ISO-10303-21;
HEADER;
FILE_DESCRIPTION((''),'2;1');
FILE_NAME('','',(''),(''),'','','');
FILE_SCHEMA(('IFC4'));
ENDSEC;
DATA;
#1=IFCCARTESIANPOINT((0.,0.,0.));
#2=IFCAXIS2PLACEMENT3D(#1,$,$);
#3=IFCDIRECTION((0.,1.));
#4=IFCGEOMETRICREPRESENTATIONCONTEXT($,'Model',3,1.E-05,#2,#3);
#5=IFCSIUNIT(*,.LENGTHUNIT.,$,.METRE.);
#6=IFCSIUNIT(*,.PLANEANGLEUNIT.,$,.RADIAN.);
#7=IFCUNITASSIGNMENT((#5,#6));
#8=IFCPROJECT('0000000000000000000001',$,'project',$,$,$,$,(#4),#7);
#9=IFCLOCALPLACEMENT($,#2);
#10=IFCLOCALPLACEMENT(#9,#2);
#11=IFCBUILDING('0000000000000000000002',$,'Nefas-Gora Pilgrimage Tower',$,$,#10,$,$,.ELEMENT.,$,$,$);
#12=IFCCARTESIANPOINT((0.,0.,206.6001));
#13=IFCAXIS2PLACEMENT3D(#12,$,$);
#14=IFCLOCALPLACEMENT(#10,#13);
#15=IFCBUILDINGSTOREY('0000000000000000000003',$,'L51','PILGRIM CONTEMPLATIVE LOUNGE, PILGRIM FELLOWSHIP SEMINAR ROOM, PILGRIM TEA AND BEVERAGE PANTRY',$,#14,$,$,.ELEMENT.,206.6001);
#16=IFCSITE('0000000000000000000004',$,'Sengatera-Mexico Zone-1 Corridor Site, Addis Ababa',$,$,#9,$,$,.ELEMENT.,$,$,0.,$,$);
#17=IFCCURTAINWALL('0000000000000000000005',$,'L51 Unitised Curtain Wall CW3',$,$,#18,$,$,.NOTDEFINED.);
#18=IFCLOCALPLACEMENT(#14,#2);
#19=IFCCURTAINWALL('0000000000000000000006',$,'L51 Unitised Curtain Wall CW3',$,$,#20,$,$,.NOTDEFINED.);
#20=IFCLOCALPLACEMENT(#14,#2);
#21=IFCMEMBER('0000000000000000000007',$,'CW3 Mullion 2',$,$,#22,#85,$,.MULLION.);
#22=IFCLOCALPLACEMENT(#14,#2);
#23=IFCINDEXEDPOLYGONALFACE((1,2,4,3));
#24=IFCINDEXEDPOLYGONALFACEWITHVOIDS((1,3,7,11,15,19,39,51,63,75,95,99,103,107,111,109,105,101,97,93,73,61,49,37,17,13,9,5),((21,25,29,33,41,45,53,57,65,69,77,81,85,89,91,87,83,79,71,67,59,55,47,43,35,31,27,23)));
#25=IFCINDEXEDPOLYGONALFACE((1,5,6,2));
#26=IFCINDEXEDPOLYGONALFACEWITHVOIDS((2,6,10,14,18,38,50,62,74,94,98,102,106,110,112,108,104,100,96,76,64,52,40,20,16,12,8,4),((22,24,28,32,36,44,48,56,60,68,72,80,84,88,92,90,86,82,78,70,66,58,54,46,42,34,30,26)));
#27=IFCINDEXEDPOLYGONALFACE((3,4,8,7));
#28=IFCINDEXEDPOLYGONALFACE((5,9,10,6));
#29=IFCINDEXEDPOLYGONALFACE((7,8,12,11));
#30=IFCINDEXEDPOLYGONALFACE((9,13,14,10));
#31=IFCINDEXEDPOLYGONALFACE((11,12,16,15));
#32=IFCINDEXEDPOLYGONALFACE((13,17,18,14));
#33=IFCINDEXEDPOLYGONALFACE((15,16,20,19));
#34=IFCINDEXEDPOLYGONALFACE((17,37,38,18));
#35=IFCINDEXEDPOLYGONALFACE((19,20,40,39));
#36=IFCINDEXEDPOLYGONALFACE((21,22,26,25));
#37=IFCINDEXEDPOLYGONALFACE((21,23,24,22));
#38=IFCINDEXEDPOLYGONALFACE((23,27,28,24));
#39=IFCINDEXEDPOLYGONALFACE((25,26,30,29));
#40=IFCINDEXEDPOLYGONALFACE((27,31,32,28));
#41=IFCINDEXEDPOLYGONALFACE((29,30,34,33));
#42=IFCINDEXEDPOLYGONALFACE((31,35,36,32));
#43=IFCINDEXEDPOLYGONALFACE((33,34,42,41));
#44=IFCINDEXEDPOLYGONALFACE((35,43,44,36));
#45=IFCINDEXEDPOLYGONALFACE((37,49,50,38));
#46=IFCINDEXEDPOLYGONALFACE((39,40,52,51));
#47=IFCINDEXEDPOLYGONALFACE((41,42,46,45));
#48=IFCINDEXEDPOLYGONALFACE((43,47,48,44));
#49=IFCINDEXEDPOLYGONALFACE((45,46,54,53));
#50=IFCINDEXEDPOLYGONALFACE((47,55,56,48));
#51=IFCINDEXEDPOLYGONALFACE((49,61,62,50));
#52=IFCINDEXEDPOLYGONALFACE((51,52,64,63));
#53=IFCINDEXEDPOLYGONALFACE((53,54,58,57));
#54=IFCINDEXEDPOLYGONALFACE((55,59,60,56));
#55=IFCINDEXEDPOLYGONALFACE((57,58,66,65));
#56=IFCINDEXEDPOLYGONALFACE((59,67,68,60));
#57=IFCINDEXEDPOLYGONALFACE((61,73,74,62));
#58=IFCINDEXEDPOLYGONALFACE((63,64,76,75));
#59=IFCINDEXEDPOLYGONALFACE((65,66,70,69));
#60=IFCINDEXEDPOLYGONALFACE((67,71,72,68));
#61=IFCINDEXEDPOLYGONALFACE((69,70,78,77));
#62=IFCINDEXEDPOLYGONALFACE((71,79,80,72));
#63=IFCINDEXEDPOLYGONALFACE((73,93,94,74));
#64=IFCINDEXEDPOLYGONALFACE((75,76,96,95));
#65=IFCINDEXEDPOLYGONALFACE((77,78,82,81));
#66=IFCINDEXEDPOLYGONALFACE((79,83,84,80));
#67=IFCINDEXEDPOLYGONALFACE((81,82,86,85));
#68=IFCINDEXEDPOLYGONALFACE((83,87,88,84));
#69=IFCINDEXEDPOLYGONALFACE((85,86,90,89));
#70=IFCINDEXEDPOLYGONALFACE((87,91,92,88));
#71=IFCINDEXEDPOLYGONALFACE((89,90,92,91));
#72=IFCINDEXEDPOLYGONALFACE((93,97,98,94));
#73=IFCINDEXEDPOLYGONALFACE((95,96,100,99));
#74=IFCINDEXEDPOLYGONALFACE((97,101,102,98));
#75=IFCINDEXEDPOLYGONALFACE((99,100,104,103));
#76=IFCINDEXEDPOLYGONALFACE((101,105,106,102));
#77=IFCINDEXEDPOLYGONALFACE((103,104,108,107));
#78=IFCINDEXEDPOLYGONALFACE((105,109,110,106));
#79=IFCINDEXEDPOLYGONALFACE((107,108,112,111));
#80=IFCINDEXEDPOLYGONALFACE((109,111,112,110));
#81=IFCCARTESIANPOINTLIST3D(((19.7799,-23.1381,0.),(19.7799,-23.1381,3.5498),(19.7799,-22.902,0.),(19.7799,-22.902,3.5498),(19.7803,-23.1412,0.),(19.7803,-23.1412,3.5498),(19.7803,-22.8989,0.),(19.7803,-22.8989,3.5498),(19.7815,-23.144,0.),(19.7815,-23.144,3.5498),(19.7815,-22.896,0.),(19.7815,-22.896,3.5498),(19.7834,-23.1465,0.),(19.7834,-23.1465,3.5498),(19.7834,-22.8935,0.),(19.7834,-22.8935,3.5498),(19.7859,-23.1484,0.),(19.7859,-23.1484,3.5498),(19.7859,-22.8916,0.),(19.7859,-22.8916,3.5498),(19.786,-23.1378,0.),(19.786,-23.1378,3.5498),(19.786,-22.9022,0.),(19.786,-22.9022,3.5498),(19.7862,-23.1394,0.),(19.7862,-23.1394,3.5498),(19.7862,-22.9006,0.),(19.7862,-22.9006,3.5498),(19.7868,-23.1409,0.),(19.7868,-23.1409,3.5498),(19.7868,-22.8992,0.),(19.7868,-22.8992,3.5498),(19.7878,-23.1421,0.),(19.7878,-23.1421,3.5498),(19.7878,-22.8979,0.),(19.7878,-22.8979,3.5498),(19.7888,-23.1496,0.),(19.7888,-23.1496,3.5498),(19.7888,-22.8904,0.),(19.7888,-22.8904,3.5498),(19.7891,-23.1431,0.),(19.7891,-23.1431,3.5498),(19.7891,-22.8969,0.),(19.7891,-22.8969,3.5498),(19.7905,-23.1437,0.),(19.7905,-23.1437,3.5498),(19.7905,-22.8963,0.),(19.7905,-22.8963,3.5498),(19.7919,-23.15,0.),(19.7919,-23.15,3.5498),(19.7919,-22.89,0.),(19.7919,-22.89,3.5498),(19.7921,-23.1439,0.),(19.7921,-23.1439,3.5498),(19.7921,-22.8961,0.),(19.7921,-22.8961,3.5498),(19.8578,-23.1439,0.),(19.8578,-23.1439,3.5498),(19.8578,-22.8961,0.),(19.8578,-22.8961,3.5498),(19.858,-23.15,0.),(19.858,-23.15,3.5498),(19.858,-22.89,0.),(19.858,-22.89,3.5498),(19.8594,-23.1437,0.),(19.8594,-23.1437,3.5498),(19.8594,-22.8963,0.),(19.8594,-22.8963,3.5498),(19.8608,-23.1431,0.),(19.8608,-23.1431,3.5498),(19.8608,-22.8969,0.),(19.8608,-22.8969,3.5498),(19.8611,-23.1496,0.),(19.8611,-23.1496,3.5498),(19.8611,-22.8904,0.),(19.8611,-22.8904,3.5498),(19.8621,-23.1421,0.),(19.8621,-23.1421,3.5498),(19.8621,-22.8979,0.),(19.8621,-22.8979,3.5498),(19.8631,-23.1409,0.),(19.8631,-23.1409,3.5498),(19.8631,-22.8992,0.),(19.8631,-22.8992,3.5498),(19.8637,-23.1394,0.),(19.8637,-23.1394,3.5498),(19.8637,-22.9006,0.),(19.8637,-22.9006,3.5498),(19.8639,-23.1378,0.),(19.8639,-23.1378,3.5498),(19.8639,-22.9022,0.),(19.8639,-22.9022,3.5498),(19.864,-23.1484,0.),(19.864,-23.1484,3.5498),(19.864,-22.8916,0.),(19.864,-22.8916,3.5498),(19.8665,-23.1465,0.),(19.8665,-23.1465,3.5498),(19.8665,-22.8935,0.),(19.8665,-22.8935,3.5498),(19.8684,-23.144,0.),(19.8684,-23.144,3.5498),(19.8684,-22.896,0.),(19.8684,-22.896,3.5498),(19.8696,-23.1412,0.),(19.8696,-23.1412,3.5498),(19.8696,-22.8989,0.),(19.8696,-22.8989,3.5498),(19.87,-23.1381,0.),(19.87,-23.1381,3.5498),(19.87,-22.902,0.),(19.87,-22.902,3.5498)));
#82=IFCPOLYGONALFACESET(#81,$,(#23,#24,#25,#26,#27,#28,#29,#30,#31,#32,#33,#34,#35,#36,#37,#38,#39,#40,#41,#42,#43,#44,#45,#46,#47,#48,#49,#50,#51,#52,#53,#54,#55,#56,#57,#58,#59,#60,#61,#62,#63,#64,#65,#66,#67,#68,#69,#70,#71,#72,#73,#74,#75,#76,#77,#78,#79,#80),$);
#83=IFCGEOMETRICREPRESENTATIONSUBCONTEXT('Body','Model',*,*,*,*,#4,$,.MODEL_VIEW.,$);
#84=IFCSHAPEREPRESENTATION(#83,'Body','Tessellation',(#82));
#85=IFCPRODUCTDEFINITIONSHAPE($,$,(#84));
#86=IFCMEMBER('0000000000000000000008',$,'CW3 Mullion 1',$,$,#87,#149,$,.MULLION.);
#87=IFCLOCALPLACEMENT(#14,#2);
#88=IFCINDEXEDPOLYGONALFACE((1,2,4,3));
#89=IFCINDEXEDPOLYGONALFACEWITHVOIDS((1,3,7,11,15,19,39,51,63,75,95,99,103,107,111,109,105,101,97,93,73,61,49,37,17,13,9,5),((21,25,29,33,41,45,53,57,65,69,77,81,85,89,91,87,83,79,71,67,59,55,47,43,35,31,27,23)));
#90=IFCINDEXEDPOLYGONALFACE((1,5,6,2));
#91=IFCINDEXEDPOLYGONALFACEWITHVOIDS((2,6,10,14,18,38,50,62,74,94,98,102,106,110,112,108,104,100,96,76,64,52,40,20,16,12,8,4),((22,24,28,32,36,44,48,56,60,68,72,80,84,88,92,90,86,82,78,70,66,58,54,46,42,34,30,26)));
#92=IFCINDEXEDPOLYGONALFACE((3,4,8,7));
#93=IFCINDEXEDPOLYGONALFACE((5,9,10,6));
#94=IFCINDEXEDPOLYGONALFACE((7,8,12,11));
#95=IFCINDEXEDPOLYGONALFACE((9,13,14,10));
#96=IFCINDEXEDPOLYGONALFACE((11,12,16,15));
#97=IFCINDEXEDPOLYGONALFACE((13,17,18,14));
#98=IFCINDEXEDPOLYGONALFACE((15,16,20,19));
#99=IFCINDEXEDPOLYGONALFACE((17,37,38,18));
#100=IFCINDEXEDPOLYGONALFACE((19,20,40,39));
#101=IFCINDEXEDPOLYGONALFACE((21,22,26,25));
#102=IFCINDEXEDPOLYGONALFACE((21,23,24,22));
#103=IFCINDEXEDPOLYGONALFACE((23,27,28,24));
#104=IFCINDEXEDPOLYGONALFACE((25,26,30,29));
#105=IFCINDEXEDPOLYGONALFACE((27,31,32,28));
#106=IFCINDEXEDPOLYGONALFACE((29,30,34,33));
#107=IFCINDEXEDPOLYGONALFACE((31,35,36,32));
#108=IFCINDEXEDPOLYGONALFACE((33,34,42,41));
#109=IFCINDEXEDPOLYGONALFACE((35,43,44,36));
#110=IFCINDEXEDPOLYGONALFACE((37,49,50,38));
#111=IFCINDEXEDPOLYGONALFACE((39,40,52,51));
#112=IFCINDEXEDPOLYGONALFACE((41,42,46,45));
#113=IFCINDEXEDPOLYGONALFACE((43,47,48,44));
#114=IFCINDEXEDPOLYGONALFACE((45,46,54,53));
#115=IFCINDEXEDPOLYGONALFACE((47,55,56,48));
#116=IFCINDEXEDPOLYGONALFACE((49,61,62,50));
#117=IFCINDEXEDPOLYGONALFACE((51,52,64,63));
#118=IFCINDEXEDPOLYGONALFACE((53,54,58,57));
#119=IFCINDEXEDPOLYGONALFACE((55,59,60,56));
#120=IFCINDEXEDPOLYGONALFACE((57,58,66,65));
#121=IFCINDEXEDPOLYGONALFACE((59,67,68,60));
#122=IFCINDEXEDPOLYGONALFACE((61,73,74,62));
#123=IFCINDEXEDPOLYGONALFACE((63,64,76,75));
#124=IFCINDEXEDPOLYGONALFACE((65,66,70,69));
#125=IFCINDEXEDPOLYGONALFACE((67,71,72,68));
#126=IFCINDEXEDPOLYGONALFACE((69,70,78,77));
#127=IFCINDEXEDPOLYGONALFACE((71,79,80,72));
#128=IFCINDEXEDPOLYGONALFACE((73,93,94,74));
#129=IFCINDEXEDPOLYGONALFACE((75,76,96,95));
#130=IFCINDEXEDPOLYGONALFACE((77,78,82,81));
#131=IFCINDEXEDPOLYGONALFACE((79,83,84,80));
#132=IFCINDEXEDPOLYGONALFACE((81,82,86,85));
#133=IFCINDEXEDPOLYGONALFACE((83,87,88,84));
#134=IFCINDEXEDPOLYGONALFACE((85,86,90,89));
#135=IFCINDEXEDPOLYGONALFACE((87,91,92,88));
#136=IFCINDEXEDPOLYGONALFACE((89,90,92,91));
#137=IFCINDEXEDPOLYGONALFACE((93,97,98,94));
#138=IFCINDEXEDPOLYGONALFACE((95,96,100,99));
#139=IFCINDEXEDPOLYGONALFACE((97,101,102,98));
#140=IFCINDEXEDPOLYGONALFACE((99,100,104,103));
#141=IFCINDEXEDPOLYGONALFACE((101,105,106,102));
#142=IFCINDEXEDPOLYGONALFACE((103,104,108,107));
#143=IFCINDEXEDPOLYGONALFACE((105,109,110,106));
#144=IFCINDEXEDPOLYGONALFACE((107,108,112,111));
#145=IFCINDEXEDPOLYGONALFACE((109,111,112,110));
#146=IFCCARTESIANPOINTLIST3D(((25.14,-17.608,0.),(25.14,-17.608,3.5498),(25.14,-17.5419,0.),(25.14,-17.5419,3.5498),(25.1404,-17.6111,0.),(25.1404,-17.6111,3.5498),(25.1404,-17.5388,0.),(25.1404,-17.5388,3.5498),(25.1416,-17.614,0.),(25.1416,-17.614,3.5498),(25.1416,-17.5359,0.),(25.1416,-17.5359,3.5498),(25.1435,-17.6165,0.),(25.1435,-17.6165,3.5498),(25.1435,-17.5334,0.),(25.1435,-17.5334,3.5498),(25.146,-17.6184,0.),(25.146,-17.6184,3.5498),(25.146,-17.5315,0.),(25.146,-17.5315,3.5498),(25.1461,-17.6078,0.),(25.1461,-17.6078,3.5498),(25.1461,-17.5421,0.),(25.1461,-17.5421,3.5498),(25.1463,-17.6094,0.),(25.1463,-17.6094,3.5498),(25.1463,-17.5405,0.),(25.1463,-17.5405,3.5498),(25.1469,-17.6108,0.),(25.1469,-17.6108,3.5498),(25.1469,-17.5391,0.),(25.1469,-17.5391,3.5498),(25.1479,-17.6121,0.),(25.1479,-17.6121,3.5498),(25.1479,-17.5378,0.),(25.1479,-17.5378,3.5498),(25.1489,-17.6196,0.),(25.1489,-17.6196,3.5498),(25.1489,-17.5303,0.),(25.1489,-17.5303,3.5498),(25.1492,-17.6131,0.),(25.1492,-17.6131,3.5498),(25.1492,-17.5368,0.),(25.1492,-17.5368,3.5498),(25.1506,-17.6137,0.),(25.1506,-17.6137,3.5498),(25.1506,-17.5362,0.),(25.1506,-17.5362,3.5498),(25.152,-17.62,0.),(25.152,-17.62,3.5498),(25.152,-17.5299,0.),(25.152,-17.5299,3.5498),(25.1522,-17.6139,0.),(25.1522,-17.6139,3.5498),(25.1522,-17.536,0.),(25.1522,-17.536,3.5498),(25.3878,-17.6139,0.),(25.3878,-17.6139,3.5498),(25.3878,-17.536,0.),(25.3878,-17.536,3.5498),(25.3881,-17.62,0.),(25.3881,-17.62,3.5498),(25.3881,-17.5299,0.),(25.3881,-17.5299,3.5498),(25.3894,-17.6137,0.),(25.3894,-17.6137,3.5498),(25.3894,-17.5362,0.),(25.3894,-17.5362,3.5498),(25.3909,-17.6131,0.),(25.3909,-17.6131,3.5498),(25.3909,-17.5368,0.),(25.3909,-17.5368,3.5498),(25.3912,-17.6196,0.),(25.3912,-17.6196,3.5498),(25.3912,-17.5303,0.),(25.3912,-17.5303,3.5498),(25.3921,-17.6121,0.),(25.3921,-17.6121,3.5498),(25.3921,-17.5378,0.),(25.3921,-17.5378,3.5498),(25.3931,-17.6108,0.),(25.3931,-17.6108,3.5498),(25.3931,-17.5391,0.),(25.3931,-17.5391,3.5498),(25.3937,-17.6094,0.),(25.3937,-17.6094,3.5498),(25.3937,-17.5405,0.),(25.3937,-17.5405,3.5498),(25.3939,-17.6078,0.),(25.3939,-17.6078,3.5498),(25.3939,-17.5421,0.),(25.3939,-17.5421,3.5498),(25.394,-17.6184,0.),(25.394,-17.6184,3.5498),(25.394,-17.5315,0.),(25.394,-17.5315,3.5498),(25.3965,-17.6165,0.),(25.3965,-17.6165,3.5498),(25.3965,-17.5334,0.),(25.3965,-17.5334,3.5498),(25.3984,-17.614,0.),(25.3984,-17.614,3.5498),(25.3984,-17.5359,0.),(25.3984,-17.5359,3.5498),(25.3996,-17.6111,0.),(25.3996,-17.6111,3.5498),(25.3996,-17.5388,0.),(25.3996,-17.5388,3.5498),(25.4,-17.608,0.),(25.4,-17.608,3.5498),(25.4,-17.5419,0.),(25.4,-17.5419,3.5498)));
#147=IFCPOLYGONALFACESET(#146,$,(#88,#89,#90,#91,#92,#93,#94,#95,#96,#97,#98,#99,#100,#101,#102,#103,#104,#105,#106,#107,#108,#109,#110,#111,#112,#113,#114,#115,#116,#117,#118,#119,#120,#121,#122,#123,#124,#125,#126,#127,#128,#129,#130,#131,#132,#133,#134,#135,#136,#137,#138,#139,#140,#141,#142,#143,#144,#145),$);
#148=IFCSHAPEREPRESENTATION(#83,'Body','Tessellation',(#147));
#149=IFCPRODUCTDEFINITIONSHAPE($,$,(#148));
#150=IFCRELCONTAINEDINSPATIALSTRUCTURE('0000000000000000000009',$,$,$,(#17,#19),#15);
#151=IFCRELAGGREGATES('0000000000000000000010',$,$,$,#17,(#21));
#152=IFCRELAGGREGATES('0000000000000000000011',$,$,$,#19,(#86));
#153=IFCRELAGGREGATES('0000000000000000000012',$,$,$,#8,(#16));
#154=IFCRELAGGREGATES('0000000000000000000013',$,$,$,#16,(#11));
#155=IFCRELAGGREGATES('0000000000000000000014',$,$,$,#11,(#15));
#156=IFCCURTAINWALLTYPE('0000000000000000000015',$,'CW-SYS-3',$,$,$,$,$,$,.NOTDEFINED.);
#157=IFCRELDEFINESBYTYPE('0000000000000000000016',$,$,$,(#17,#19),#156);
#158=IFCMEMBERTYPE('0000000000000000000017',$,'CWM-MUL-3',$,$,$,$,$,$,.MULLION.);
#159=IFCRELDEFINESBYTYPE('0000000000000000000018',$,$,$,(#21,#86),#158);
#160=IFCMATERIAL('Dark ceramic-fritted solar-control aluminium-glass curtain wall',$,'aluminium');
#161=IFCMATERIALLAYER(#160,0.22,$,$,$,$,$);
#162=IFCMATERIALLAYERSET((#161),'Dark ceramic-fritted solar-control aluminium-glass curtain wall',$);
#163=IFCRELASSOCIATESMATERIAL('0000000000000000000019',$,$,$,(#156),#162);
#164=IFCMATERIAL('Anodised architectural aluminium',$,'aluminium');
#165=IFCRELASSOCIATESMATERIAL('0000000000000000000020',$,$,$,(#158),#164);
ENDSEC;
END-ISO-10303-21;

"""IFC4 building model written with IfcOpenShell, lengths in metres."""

from ifc_helpers import new_model, si_unit, direction, frame, origin, origin_2d, place, context, subcontext, project, spatial, hollow_rectangle, extrude, source, transform, mapped, material, layer, layer_set, material_profile, profile_set, type_object, element, aggregate, save


model = new_model("IFC4")

# Units and contexts
model_context = context("Model", 3, precision=1e-05, world=origin(), true_north=direction((0.0, 1.0)))
body_context = subcontext(model_context, "Body", "Model", "MODEL_VIEW")
ifc_project = project(units=[si_unit("LENGTHUNIT", "METRE"), si_unit("PLANEANGLEUNIT", "RADIAN")], contexts=[model_context])

# Site, building, storey
site_placement = place(None, origin())
site = spatial("IfcSite", under=ifc_project, at=site_placement, Name="Sengatera-Mexico Zone-1 Corridor Site, Addis Ababa", CompositionType="ELEMENT", RefElevation=0.0)
building_placement = place(site_placement, origin())
building = spatial("IfcBuilding", under=site, at=building_placement, Name="Nefas-Gora Pilgrimage Tower", CompositionType="ELEMENT")
storey_placement = place(building_placement, frame((0.0, 0.0, 206.6001)))
storey = spatial("IfcBuildingStorey", under=building, at=storey_placement, Name="L51", Description="PILGRIM CONTEMPLATIVE LOUNGE, PILGRIM FELLOWSHIP SEMINAR ROOM, PILGRIM TEA AND BEVERAGE PANTRY", CompositionType="ELEMENT", Elevation=206.6001)

# Curtain walls
ifc_material_1 = material(Name="Dark ceramic-fritted solar-control aluminium-glass curtain wall", Category="aluminium")
ifc_layer_1 = layer(ifc_material_1, 0.22)
ifc_layer_set_1 = layer_set([ifc_layer_1], Name="Dark ceramic-fritted solar-control aluminium-glass curtain wall")
curtain_wall_type = type_object("IfcCurtainWallType", Name="CW-SYS-3", PredefinedType="NOTDEFINED", material=ifc_layer_set_1)
curtain_wall_1_placement = place(storey_placement, origin())
curtain_wall_1 = element("IfcCurtainWall", 1, at=curtain_wall_1_placement, inside=storey, type_object=curtain_wall_type, Name="L51 Unitised Curtain Wall CW3", PredefinedType="NOTDEFINED")
ifc_material_2 = material(Name="Anodised architectural aluminium", Category="aluminium")
curtain_wall_2_placement = place(storey_placement, origin())
curtain_wall_2 = element("IfcCurtainWall", 2, at=curtain_wall_2_placement, inside=storey, type_object=curtain_wall_type, Name="L51 Unitised Curtain Wall CW3", PredefinedType="NOTDEFINED")

# Members
ifc_material_profile_1 = material_profile(ifc_material_2, hollow_rectangle(XDim=0.0901, YDim=0.26, WallThickness=0.0061, InnerFilletRadius=0.0061, OuterFilletRadius=0.012, at=origin_2d()), Name="ALU MULLION 90x260")
ifc_profile_set_1 = profile_set([ifc_material_profile_1], Name="Anodised architectural aluminium")
member_type_1 = type_object("IfcMemberType", Name="CWM-MUL-3", PredefinedType="MULLION", material=ifc_profile_set_1)
shared_shape_1 = source(origin(), body_context, "Body", "SweptSolid", [
    extrude(hollow_rectangle(XDim=0.0901, YDim=0.26, WallThickness=0.0061, InnerFilletRadius=0.0061, OuterFilletRadius=0.012, at=origin_2d()), origin(), (0.0, 0.0, 1.0), 3.5498),
])
member_1_placement = place(storey_placement, frame((19.825, -23.02, 0.0), z_axis=(0.0, 0.0, 1.0), x_axis=(1.0, 0.0, 0.0)))
member_1 = element("IfcMember", 3, at=member_1_placement, type_object=member_type_1, Name="CW3 Mullion 2", PredefinedType="MULLION", context=body_context, shape_type="MappedRepresentation", body=[
    mapped(shared_shape_1, transform((0.0, 0.0, 0.0), x_axis=(1.0, 0.0, 0.0), y_axis=(0.0, 1.0, 0.0), z_axis=(0.0, 0.0, 1.0), scale=1.0)),
])
member_2_placement = place(storey_placement, frame((25.27, -17.575, 0.0), z_axis=(0.0, 0.0, 1.0), x_axis=(0.0, 1.0, 0.0)))
member_2 = element("IfcMember", 4, at=member_2_placement, type_object=member_type_1, Name="CW3 Mullion 1", PredefinedType="MULLION", context=body_context, shape_type="MappedRepresentation", body=[
    mapped(shared_shape_1, transform((0.0, 0.0, 0.0), x_axis=(1.0, 0.0, 0.0), y_axis=(0.0, 1.0, 0.0), z_axis=(0.0, 0.0, 1.0), scale=1.0)),
])

aggregate(curtain_wall_1, [member_1])
aggregate(curtain_wall_2, [member_2])

save(model, "model.ifc")
